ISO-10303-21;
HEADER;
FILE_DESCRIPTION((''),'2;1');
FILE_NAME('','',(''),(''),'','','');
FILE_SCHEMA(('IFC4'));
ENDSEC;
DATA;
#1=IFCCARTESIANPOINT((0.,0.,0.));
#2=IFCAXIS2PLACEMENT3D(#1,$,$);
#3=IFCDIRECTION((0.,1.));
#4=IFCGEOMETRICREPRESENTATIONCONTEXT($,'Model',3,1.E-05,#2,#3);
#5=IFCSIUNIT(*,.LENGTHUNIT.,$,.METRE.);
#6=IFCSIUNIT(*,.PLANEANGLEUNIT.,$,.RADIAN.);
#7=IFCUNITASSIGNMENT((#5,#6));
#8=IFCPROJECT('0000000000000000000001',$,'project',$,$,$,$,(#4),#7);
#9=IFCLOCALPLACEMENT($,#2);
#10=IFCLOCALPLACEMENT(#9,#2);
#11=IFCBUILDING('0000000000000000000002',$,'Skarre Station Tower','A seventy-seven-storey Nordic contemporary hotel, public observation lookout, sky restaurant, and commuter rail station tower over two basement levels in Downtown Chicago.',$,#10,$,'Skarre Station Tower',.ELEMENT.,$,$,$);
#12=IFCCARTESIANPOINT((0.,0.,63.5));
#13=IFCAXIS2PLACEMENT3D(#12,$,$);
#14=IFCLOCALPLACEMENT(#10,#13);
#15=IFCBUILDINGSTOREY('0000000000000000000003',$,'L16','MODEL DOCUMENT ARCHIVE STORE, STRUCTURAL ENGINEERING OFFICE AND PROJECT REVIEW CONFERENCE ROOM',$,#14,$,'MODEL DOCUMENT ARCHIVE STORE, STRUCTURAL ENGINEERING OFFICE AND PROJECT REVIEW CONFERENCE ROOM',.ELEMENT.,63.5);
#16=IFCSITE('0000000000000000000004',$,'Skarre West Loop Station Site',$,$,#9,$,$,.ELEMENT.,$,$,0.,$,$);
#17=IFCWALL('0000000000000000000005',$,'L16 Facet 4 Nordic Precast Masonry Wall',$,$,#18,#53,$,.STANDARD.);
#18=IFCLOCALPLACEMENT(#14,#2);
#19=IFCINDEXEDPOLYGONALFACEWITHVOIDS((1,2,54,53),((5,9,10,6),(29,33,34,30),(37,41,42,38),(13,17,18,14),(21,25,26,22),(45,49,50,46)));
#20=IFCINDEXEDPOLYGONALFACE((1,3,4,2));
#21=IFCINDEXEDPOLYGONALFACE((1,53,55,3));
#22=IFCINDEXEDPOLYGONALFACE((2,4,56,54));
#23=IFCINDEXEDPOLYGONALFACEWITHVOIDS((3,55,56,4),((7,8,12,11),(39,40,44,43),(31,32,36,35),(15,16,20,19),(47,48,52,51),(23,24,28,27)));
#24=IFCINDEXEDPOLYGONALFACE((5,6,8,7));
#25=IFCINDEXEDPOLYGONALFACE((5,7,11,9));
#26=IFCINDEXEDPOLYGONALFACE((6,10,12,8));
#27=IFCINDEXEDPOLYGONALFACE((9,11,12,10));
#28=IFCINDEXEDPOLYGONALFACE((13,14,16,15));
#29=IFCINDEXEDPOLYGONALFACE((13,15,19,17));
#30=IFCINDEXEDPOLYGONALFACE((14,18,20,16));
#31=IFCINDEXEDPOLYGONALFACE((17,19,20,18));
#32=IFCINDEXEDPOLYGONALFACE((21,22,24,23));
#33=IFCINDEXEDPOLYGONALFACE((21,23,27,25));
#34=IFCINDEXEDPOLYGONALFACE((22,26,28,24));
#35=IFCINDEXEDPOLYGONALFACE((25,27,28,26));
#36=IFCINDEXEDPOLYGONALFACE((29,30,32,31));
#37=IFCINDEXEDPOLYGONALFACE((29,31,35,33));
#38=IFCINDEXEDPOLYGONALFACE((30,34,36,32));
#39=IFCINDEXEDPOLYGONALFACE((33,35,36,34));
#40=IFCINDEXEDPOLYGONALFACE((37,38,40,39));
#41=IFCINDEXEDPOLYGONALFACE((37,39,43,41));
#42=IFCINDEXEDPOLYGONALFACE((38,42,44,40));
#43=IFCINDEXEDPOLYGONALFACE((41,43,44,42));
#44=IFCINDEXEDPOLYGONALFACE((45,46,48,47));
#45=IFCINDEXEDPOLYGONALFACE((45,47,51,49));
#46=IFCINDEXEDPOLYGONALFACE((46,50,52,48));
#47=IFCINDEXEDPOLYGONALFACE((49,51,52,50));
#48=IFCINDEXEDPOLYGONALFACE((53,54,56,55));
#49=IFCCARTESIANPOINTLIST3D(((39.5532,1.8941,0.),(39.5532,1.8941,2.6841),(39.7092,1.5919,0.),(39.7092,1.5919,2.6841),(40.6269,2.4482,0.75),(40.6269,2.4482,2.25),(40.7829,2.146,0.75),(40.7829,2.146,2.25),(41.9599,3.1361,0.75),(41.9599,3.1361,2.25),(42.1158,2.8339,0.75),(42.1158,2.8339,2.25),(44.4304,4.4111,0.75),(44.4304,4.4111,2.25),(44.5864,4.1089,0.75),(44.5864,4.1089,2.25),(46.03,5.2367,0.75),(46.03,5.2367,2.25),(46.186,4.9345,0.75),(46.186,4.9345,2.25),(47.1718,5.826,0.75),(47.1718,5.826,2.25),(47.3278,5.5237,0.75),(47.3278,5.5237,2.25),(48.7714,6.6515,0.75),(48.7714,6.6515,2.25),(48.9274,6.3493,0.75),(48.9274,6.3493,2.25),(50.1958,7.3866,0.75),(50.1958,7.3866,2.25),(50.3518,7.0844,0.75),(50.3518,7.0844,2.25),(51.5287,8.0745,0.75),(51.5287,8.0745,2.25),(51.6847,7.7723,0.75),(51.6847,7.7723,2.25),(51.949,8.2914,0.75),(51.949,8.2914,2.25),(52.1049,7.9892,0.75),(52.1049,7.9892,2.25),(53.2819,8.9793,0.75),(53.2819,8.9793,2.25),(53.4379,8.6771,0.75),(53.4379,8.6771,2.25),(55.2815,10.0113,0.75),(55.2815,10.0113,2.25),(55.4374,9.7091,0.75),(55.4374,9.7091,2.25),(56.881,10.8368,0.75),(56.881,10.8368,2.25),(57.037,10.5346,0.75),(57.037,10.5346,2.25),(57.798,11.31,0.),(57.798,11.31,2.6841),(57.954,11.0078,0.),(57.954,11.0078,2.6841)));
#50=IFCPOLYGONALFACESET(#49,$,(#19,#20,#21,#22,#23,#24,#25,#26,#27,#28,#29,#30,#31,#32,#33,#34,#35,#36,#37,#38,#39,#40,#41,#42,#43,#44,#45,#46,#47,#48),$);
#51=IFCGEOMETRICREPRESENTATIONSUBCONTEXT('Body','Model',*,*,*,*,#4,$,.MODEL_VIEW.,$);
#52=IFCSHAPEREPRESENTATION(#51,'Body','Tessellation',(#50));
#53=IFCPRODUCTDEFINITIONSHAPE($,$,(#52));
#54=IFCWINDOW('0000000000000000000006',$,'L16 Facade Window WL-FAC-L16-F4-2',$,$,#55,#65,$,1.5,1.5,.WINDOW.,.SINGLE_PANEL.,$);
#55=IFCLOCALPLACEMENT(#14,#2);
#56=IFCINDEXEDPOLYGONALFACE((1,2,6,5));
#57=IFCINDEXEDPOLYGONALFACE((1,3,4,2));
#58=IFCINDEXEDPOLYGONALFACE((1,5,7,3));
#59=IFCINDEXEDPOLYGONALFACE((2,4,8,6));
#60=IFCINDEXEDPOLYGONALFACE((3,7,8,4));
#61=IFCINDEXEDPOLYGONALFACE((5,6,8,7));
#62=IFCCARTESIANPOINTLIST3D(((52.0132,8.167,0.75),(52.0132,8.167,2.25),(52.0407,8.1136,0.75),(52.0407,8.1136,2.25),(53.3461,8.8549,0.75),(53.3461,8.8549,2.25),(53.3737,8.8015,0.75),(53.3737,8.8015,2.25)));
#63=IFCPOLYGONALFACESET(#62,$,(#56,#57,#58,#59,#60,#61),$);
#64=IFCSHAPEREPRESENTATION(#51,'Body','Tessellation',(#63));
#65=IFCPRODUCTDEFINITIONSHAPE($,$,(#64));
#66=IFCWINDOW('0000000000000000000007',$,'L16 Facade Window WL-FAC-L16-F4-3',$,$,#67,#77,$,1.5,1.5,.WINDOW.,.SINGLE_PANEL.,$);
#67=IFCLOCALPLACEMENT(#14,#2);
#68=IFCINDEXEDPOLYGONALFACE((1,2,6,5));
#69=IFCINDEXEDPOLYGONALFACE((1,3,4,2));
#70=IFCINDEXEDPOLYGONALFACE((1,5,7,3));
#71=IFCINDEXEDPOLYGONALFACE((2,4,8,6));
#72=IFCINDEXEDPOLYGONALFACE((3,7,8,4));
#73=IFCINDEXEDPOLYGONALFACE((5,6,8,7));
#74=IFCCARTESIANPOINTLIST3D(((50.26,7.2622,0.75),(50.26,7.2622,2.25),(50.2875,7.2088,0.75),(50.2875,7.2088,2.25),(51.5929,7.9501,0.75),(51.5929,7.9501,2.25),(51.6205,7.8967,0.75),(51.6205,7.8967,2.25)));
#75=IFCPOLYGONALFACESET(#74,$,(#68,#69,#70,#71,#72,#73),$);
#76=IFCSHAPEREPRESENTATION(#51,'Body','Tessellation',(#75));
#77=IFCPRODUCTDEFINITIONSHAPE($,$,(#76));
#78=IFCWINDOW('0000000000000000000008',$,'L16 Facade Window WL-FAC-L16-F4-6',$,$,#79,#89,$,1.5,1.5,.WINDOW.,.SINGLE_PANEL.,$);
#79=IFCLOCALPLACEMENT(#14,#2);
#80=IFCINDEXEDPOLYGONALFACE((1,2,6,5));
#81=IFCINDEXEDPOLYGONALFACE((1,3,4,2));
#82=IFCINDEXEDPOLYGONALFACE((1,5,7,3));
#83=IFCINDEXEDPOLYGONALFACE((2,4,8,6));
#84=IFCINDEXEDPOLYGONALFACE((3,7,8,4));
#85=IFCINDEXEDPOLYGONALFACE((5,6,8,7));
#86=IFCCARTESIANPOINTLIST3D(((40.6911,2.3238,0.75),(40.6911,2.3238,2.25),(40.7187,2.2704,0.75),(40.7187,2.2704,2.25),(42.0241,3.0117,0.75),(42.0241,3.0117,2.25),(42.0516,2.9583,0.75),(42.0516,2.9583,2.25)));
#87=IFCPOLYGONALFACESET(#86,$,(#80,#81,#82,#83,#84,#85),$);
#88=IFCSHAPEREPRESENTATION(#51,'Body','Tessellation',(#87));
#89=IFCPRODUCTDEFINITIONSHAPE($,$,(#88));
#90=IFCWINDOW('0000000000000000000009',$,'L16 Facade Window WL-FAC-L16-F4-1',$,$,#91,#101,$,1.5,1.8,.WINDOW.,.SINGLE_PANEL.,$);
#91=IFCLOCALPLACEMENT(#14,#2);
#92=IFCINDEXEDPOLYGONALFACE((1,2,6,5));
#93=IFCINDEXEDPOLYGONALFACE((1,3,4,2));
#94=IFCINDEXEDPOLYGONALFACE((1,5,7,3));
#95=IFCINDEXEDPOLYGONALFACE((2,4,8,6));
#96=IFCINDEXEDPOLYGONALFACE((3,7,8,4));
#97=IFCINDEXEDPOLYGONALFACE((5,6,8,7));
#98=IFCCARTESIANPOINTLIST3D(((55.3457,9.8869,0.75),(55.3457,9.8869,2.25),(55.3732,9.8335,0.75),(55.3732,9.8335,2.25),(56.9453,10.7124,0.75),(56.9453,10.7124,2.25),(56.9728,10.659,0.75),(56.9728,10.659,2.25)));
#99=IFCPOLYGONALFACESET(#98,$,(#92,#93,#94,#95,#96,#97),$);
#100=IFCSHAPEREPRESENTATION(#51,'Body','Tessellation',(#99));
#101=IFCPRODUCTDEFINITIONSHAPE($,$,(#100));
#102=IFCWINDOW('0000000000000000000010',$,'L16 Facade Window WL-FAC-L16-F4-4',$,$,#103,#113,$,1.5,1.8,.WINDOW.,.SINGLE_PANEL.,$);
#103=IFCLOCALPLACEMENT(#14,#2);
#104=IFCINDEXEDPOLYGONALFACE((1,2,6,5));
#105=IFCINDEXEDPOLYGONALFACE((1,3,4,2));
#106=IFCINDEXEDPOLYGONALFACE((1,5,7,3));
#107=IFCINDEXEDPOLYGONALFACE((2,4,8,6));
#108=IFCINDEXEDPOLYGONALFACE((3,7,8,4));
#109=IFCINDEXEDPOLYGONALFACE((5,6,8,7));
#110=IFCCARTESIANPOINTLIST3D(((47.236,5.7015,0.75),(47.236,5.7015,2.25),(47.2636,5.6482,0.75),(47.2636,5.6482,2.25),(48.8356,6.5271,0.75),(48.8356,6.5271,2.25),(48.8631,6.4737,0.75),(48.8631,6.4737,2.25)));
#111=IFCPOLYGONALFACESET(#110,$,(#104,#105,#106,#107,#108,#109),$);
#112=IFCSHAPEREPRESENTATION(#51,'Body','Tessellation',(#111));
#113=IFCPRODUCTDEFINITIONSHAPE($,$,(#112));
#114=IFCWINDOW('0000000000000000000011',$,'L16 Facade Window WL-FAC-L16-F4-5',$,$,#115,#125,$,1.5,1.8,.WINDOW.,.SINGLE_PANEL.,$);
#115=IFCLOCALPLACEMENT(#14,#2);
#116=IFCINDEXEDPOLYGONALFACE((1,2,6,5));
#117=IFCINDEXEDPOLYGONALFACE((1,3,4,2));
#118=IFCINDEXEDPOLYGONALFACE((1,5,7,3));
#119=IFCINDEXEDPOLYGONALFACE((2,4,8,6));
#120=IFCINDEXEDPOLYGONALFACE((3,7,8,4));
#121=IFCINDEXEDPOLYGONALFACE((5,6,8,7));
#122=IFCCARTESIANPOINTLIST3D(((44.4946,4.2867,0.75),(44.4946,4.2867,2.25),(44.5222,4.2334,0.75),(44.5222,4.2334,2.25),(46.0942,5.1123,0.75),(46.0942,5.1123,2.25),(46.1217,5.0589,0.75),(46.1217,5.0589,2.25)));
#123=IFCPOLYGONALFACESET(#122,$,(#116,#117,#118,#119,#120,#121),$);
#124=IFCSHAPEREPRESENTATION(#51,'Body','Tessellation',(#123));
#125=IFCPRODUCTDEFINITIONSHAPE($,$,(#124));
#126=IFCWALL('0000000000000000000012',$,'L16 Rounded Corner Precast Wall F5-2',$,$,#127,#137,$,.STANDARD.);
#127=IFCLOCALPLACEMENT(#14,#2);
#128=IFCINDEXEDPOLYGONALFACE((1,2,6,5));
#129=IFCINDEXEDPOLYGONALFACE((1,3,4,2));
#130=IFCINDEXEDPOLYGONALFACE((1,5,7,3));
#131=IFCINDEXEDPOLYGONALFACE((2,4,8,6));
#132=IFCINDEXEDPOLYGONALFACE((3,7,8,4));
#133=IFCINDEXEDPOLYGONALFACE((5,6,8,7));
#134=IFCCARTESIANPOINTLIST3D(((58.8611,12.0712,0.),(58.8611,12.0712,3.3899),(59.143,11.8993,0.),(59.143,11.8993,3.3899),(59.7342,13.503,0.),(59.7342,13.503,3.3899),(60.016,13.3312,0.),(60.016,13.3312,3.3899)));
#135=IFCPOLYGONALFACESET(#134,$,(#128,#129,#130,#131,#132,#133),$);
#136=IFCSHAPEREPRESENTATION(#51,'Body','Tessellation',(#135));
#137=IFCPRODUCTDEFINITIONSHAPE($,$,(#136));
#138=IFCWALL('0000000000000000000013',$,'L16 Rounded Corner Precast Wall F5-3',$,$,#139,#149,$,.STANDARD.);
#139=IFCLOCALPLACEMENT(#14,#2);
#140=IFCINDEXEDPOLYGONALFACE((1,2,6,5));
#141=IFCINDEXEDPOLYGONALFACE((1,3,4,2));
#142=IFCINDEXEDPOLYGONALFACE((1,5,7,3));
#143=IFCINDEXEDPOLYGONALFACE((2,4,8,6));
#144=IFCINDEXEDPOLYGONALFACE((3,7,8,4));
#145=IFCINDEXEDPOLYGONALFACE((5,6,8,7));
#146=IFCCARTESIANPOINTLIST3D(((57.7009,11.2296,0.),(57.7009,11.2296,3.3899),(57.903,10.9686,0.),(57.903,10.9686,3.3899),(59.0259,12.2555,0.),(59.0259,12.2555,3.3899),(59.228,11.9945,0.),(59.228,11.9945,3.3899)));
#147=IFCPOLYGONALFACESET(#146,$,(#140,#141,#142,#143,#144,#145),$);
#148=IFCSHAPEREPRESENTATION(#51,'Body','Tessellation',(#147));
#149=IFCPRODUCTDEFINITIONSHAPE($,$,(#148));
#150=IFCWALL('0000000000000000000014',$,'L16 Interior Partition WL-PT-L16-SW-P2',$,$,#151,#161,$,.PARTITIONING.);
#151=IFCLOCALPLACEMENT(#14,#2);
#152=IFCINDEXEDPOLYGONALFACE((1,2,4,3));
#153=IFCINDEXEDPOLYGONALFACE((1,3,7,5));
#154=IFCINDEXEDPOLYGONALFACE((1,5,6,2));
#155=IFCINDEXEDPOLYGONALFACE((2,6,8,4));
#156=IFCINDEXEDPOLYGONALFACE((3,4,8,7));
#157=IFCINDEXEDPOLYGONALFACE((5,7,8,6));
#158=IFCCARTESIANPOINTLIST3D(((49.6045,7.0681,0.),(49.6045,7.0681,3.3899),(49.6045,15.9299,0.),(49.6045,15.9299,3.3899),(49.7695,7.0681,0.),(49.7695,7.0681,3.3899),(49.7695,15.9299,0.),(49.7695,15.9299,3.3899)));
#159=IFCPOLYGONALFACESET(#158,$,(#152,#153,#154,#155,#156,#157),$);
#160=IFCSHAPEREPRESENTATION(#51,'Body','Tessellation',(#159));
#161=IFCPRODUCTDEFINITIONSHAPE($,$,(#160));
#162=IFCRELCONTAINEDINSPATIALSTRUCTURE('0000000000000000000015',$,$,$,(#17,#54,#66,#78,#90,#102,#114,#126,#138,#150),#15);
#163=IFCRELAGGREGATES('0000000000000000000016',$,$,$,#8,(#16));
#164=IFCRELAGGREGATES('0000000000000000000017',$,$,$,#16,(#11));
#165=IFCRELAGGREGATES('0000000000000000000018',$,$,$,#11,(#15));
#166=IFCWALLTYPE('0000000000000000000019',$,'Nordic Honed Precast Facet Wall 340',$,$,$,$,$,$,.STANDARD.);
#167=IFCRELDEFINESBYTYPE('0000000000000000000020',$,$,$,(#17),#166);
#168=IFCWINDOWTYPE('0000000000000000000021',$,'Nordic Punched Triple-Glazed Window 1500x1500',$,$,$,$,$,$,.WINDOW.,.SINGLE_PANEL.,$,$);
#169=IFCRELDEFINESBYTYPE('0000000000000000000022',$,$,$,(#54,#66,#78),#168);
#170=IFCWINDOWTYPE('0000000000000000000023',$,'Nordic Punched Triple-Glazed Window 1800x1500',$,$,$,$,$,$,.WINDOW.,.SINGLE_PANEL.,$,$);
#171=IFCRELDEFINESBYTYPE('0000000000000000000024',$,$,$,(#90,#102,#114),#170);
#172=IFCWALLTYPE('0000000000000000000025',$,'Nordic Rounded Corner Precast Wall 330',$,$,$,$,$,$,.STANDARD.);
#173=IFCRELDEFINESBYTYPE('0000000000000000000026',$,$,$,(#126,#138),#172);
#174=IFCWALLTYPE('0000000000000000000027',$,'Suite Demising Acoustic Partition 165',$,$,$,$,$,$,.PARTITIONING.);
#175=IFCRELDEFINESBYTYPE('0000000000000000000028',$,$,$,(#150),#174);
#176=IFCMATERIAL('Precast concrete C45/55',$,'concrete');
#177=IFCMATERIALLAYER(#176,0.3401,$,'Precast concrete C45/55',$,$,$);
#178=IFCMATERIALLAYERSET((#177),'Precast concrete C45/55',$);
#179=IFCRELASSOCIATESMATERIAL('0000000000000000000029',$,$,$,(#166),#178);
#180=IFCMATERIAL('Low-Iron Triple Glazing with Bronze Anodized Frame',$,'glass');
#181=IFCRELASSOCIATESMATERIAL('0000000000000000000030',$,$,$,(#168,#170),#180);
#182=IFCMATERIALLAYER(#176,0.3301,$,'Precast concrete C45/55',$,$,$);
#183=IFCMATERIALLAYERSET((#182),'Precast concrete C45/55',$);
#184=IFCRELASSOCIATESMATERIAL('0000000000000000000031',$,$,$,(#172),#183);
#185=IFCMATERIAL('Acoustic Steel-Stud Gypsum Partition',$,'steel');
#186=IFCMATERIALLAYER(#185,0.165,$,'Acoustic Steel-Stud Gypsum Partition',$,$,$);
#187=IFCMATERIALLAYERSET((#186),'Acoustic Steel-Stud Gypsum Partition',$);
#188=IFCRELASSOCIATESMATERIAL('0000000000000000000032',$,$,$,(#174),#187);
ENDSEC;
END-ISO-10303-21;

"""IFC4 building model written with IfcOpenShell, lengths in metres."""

from ifc_helpers import new_model, si_unit, direction, frame, frame_2d, origin, place, context, subcontext, project, spatial, rectangle, extrude, material, layer, layer_set, type_object, element, fill, save


model = new_model("IFC4")

# Units and contexts
model_context = context("Model", 3, precision=1e-05, world=origin(), true_north=direction((0.0, 1.0)))
body_context = subcontext(model_context, "Body", "Model", "MODEL_VIEW")
ifc_project = project(units=[si_unit("LENGTHUNIT", "METRE"), si_unit("PLANEANGLEUNIT", "RADIAN")], contexts=[model_context])

# Site, building, storey
site_placement = place(None, origin())
site = spatial("IfcSite", under=ifc_project, at=site_placement, Name="Skarre West Loop Station Site", CompositionType="ELEMENT", RefElevation=0.0)
building_placement = place(site_placement, origin())
building = spatial("IfcBuilding", under=site, at=building_placement, Name="Skarre Station Tower", Description="A seventy-seven-storey Nordic contemporary hotel, public observation lookout, sky restaurant, and commuter rail station tower over two basement levels in Downtown Chicago.", LongName="Skarre Station Tower", CompositionType="ELEMENT")
storey_placement = place(building_placement, frame((0.0, 0.0, 63.5)))
storey = spatial("IfcBuildingStorey", under=building, at=storey_placement, Name="L16", Description="MODEL DOCUMENT ARCHIVE STORE, STRUCTURAL ENGINEERING OFFICE AND PROJECT REVIEW CONFERENCE ROOM", LongName="MODEL DOCUMENT ARCHIVE STORE, STRUCTURAL ENGINEERING OFFICE AND PROJECT REVIEW CONFERENCE ROOM", CompositionType="ELEMENT", Elevation=63.5)

# Wall, openings, windows
ifc_material_1 = material(Name="Precast concrete C45/55", Category="concrete")
ifc_layer_1 = layer(ifc_material_1, 0.3401, Name="Precast concrete C45/55")
ifc_layer_set_1 = layer_set([ifc_layer_1], Name="Precast concrete C45/55")
wall_type_1 = type_object("IfcWallType", Name="Nordic Honed Precast Facet Wall 340", PredefinedType="STANDARD", material=ifc_layer_set_1)
wall_1_placement = place(storey_placement, frame((57.876, 11.1589, 0.0), z_axis=(0.0, 0.0, 1.0), x_axis=(-0.888634, -0.458616, 0.0)))
wall_1 = element("IfcWall", 1, at=wall_1_placement, inside=storey, type_object=wall_type_1, Name="L16 Facet 4 Nordic Precast Masonry Wall", PredefinedType="STANDARD", context=body_context, shape_type="SweptSolid", body=[
    extrude(rectangle(XDim=20.5312, YDim=0.3401, at=frame_2d((10.2656, 0.0))), origin(), (0.0, 0.0, 1.0), 2.6841),
])
opening_1_placement = place(wall_1_placement, frame((1.032, 0.0, 0.75)))
opening_1 = element("IfcOpeningElement", 2, at=opening_1_placement, cuts=wall_1, PredefinedType="OPENING", context=body_context, shape_type="SweptSolid", body=[
    extrude(rectangle(XDim=1.8, YDim=1.5, at=frame_2d((0.8999, 0.75))), frame((0.0, 0.1799, 0.0), z_axis=(0.0, -1.0, 0.0), x_axis=(1.0, 0.0, 0.0)), (0.0, 0.0, 1.0), 0.3601),
])
opening_2_placement = place(wall_1_placement, frame((5.082, 0.0, 0.75)))
opening_2 = element("IfcOpeningElement", 3, at=opening_2_placement, cuts=wall_1, PredefinedType="OPENING", context=body_context, shape_type="SweptSolid", body=[
    extrude(rectangle(XDim=1.5, YDim=1.5, at=frame_2d((0.75, 0.75))), frame((0.0, 0.1799, 0.0), z_axis=(0.0, -1.0, 0.0), x_axis=(1.0, 0.0, 0.0)), (0.0, 0.0, 1.0), 0.3601),
])
opening_3_placement = place(wall_1_placement, frame((7.0549, 0.0, 0.75)))
opening_3 = element("IfcOpeningElement", 4, at=opening_3_placement, cuts=wall_1, PredefinedType="OPENING", context=body_context, shape_type="SweptSolid", body=[
    extrude(rectangle(XDim=1.5, YDim=1.5, at=frame_2d((0.75, 0.75))), frame((0.0, 0.1799, 0.0), z_axis=(0.0, -1.0, 0.0), x_axis=(1.0, 0.0, 0.0)), (0.0, 0.0, 1.0), 0.3601),
])
opening_4_placement = place(wall_1_placement, frame((10.158, 0.0, 0.75)))
opening_4 = element("IfcOpeningElement", 5, at=opening_4_placement, cuts=wall_1, PredefinedType="OPENING", context=body_context, shape_type="SweptSolid", body=[
    extrude(rectangle(XDim=1.8, YDim=1.5, at=frame_2d((0.8999, 0.75))), frame((0.0, 0.1799, 0.0), z_axis=(0.0, -1.0, 0.0), x_axis=(1.0, 0.0, 0.0)), (0.0, 0.0, 1.0), 0.3601),
])
opening_5_placement = place(wall_1_placement, frame((13.2429, 0.0, 0.75)))
opening_5 = element("IfcOpeningElement", 6, at=opening_5_placement, cuts=wall_1, PredefinedType="OPENING", context=body_context, shape_type="SweptSolid", body=[
    extrude(rectangle(XDim=1.8, YDim=1.5, at=frame_2d((0.8999, 0.75))), frame((0.0, 0.1799, 0.0), z_axis=(0.0, -1.0, 0.0), x_axis=(1.0, 0.0, 0.0)), (0.0, 0.0, 1.0), 0.3601),
])
opening_6_placement = place(wall_1_placement, frame((17.823, 0.0, 0.75)))
opening_6 = element("IfcOpeningElement", 7, at=opening_6_placement, cuts=wall_1, PredefinedType="OPENING", context=body_context, shape_type="SweptSolid", body=[
    extrude(rectangle(XDim=1.5, YDim=1.5, at=frame_2d((0.75, 0.75))), frame((0.0, 0.1799, 0.0), z_axis=(0.0, -1.0, 0.0), x_axis=(1.0, 0.0, 0.0)), (0.0, 0.0, 1.0), 0.3601),
])
ifc_material_2 = material(Name="Low-Iron Triple Glazing with Bronze Anodized Frame", Category="glass")
window_type_1 = type_object("IfcWindowType", Name="Nordic Punched Triple-Glazed Window 1500x1500", PartitioningType="SINGLE_PANEL", PredefinedType="WINDOW", material=ifc_material_2)
window_1_placement = place(opening_2_placement, origin())
window_1 = element("IfcWindow", 8, at=window_1_placement, inside=storey, type_object=window_type_1, Name="L16 Facade Window WL-FAC-L16-F4-2", OverallHeight=1.5, OverallWidth=1.5, PartitioningType="SINGLE_PANEL", PredefinedType="WINDOW", context=body_context, shape_type="SweptSolid", body=[
    extrude(rectangle(XDim=1.5, YDim=1.5, at=frame_2d((0.75, 0.75))), frame((0.0, 0.03, 0.0), z_axis=(0.0, -1.0, 0.0), x_axis=(1.0, 0.0, 0.0)), (0.0, 0.0, 1.0), 0.0601),
])
fill(opening_2, window_1)
window_2_placement = place(opening_3_placement, origin())
window_2 = element("IfcWindow", 9, at=window_2_placement, inside=storey, type_object=window_type_1, Name="L16 Facade Window WL-FAC-L16-F4-3", OverallHeight=1.5, OverallWidth=1.5, PartitioningType="SINGLE_PANEL", PredefinedType="WINDOW", context=body_context, shape_type="SweptSolid", body=[
    extrude(rectangle(XDim=1.5, YDim=1.5, at=frame_2d((0.75, 0.75))), frame((0.0, 0.03, 0.0), z_axis=(0.0, -1.0, 0.0), x_axis=(1.0, 0.0, 0.0)), (0.0, 0.0, 1.0), 0.0601),
])
fill(opening_3, window_2)
window_3_placement = place(opening_6_placement, origin())
window_3 = element("IfcWindow", 10, at=window_3_placement, inside=storey, type_object=window_type_1, Name="L16 Facade Window WL-FAC-L16-F4-6", OverallHeight=1.5, OverallWidth=1.5, PartitioningType="SINGLE_PANEL", PredefinedType="WINDOW", context=body_context, shape_type="SweptSolid", body=[
    extrude(rectangle(XDim=1.5, YDim=1.5, at=frame_2d((0.75, 0.75))), frame((0.0, 0.03, 0.0), z_axis=(0.0, -1.0, 0.0), x_axis=(1.0, 0.0, 0.0)), (0.0, 0.0, 1.0), 0.0601),
])
fill(opening_6, window_3)
window_type_2 = type_object("IfcWindowType", Name="Nordic Punched Triple-Glazed Window 1800x1500", PartitioningType="SINGLE_PANEL", PredefinedType="WINDOW", material=ifc_material_2)
window_4_placement = place(opening_1_placement, origin())
window_4 = element("IfcWindow", 11, at=window_4_placement, inside=storey, type_object=window_type_2, Name="L16 Facade Window WL-FAC-L16-F4-1", OverallHeight=1.5, OverallWidth=1.8, PartitioningType="SINGLE_PANEL", PredefinedType="WINDOW", context=body_context, shape_type="SweptSolid", body=[
    extrude(rectangle(XDim=1.8, YDim=1.5, at=frame_2d((0.8999, 0.75))), frame((0.0, 0.03, 0.0), z_axis=(0.0, -1.0, 0.0), x_axis=(1.0, 0.0, 0.0)), (0.0, 0.0, 1.0), 0.0601),
])
fill(opening_1, window_4)
window_5_placement = place(opening_4_placement, origin())
window_5 = element("IfcWindow", 12, at=window_5_placement, inside=storey, type_object=window_type_2, Name="L16 Facade Window WL-FAC-L16-F4-4", OverallHeight=1.5, OverallWidth=1.8, PartitioningType="SINGLE_PANEL", PredefinedType="WINDOW", context=body_context, shape_type="SweptSolid", body=[
    extrude(rectangle(XDim=1.8, YDim=1.5, at=frame_2d((0.8999, 0.75))), frame((0.0, 0.03, 0.0), z_axis=(0.0, -1.0, 0.0), x_axis=(1.0, 0.0, 0.0)), (0.0, 0.0, 1.0), 0.0601),
])
fill(opening_4, window_5)
window_6_placement = place(opening_5_placement, origin())
window_6 = element("IfcWindow", 13, at=window_6_placement, inside=storey, type_object=window_type_2, Name="L16 Facade Window WL-FAC-L16-F4-5", OverallHeight=1.5, OverallWidth=1.8, PartitioningType="SINGLE_PANEL", PredefinedType="WINDOW", context=body_context, shape_type="SweptSolid", body=[
    extrude(rectangle(XDim=1.8, YDim=1.5, at=frame_2d((0.8999, 0.75))), frame((0.0, 0.03, 0.0), z_axis=(0.0, -1.0, 0.0), x_axis=(1.0, 0.0, 0.0)), (0.0, 0.0, 1.0), 0.0601),
])
fill(opening_5, window_6)

# Walls
ifc_layer_2 = layer(ifc_material_1, 0.3301, Name="Precast concrete C45/55")
ifc_layer_set_2 = layer_set([ifc_layer_2], Name="Precast concrete C45/55")
wall_type_2 = type_object("IfcWallType", Name="Nordic Rounded Corner Precast Wall 330", PredefinedType="STANDARD", material=ifc_layer_set_2)
wall_2_placement = place(storey_placement, frame((59.875, 13.417, 0.0), z_axis=(0.0, 0.0, 1.0), x_axis=(-0.520584, -0.85381, 0.0)))
element("IfcWall", 14, at=wall_2_placement, inside=storey, type_object=wall_type_2, Name="L16 Rounded Corner Precast Wall F5-2", PredefinedType="STANDARD", context=body_context, shape_type="SweptSolid", body=[
    extrude(rectangle(XDim=1.677, YDim=0.3301, at=frame_2d((0.8384, 0.0))), origin(), (0.0, 0.0, 1.0), 3.3899),
])
wall_3_placement = place(storey_placement, frame((59.127, 12.125, 0.0), z_axis=(0.0, 0.0, 1.0), x_axis=(-0.790692, -0.612214, 0.0)))
element("IfcWall", 15, at=wall_3_placement, inside=storey, type_object=wall_type_2, Name="L16 Rounded Corner Precast Wall F5-3", PredefinedType="STANDARD", context=body_context, shape_type="SweptSolid", body=[
    extrude(rectangle(XDim=1.6758, YDim=0.3301, at=frame_2d((0.8379, 0.0))), origin(), (0.0, 0.0, 1.0), 3.3899),
])
ifc_material_3 = material(Name="Acoustic Steel-Stud Gypsum Partition", Category="steel")
ifc_layer_3 = layer(ifc_material_3, 0.165, Name="Acoustic Steel-Stud Gypsum Partition")
ifc_layer_set_3 = layer_set([ifc_layer_3], Name="Acoustic Steel-Stud Gypsum Partition")
wall_type_3 = type_object("IfcWallType", Name="Suite Demising Acoustic Partition 165", PredefinedType="PARTITIONING", material=ifc_layer_set_3)
wall_4_placement = place(storey_placement, frame((49.687, 7.0681, 0.0), z_axis=(0.0, 0.0, 1.0), x_axis=(0.0, 1.0, 0.0)))
element("IfcWall", 16, at=wall_4_placement, inside=storey, type_object=wall_type_3, Name="L16 Interior Partition WL-PT-L16-SW-P2", PredefinedType="PARTITIONING", context=body_context, shape_type="SweptSolid", body=[
    extrude(rectangle(XDim=8.8618, YDim=0.165, at=frame_2d((4.4309, 0.0))), origin(), (0.0, 0.0, 1.0), 3.3899),
])

save(model, "model.ifc")
